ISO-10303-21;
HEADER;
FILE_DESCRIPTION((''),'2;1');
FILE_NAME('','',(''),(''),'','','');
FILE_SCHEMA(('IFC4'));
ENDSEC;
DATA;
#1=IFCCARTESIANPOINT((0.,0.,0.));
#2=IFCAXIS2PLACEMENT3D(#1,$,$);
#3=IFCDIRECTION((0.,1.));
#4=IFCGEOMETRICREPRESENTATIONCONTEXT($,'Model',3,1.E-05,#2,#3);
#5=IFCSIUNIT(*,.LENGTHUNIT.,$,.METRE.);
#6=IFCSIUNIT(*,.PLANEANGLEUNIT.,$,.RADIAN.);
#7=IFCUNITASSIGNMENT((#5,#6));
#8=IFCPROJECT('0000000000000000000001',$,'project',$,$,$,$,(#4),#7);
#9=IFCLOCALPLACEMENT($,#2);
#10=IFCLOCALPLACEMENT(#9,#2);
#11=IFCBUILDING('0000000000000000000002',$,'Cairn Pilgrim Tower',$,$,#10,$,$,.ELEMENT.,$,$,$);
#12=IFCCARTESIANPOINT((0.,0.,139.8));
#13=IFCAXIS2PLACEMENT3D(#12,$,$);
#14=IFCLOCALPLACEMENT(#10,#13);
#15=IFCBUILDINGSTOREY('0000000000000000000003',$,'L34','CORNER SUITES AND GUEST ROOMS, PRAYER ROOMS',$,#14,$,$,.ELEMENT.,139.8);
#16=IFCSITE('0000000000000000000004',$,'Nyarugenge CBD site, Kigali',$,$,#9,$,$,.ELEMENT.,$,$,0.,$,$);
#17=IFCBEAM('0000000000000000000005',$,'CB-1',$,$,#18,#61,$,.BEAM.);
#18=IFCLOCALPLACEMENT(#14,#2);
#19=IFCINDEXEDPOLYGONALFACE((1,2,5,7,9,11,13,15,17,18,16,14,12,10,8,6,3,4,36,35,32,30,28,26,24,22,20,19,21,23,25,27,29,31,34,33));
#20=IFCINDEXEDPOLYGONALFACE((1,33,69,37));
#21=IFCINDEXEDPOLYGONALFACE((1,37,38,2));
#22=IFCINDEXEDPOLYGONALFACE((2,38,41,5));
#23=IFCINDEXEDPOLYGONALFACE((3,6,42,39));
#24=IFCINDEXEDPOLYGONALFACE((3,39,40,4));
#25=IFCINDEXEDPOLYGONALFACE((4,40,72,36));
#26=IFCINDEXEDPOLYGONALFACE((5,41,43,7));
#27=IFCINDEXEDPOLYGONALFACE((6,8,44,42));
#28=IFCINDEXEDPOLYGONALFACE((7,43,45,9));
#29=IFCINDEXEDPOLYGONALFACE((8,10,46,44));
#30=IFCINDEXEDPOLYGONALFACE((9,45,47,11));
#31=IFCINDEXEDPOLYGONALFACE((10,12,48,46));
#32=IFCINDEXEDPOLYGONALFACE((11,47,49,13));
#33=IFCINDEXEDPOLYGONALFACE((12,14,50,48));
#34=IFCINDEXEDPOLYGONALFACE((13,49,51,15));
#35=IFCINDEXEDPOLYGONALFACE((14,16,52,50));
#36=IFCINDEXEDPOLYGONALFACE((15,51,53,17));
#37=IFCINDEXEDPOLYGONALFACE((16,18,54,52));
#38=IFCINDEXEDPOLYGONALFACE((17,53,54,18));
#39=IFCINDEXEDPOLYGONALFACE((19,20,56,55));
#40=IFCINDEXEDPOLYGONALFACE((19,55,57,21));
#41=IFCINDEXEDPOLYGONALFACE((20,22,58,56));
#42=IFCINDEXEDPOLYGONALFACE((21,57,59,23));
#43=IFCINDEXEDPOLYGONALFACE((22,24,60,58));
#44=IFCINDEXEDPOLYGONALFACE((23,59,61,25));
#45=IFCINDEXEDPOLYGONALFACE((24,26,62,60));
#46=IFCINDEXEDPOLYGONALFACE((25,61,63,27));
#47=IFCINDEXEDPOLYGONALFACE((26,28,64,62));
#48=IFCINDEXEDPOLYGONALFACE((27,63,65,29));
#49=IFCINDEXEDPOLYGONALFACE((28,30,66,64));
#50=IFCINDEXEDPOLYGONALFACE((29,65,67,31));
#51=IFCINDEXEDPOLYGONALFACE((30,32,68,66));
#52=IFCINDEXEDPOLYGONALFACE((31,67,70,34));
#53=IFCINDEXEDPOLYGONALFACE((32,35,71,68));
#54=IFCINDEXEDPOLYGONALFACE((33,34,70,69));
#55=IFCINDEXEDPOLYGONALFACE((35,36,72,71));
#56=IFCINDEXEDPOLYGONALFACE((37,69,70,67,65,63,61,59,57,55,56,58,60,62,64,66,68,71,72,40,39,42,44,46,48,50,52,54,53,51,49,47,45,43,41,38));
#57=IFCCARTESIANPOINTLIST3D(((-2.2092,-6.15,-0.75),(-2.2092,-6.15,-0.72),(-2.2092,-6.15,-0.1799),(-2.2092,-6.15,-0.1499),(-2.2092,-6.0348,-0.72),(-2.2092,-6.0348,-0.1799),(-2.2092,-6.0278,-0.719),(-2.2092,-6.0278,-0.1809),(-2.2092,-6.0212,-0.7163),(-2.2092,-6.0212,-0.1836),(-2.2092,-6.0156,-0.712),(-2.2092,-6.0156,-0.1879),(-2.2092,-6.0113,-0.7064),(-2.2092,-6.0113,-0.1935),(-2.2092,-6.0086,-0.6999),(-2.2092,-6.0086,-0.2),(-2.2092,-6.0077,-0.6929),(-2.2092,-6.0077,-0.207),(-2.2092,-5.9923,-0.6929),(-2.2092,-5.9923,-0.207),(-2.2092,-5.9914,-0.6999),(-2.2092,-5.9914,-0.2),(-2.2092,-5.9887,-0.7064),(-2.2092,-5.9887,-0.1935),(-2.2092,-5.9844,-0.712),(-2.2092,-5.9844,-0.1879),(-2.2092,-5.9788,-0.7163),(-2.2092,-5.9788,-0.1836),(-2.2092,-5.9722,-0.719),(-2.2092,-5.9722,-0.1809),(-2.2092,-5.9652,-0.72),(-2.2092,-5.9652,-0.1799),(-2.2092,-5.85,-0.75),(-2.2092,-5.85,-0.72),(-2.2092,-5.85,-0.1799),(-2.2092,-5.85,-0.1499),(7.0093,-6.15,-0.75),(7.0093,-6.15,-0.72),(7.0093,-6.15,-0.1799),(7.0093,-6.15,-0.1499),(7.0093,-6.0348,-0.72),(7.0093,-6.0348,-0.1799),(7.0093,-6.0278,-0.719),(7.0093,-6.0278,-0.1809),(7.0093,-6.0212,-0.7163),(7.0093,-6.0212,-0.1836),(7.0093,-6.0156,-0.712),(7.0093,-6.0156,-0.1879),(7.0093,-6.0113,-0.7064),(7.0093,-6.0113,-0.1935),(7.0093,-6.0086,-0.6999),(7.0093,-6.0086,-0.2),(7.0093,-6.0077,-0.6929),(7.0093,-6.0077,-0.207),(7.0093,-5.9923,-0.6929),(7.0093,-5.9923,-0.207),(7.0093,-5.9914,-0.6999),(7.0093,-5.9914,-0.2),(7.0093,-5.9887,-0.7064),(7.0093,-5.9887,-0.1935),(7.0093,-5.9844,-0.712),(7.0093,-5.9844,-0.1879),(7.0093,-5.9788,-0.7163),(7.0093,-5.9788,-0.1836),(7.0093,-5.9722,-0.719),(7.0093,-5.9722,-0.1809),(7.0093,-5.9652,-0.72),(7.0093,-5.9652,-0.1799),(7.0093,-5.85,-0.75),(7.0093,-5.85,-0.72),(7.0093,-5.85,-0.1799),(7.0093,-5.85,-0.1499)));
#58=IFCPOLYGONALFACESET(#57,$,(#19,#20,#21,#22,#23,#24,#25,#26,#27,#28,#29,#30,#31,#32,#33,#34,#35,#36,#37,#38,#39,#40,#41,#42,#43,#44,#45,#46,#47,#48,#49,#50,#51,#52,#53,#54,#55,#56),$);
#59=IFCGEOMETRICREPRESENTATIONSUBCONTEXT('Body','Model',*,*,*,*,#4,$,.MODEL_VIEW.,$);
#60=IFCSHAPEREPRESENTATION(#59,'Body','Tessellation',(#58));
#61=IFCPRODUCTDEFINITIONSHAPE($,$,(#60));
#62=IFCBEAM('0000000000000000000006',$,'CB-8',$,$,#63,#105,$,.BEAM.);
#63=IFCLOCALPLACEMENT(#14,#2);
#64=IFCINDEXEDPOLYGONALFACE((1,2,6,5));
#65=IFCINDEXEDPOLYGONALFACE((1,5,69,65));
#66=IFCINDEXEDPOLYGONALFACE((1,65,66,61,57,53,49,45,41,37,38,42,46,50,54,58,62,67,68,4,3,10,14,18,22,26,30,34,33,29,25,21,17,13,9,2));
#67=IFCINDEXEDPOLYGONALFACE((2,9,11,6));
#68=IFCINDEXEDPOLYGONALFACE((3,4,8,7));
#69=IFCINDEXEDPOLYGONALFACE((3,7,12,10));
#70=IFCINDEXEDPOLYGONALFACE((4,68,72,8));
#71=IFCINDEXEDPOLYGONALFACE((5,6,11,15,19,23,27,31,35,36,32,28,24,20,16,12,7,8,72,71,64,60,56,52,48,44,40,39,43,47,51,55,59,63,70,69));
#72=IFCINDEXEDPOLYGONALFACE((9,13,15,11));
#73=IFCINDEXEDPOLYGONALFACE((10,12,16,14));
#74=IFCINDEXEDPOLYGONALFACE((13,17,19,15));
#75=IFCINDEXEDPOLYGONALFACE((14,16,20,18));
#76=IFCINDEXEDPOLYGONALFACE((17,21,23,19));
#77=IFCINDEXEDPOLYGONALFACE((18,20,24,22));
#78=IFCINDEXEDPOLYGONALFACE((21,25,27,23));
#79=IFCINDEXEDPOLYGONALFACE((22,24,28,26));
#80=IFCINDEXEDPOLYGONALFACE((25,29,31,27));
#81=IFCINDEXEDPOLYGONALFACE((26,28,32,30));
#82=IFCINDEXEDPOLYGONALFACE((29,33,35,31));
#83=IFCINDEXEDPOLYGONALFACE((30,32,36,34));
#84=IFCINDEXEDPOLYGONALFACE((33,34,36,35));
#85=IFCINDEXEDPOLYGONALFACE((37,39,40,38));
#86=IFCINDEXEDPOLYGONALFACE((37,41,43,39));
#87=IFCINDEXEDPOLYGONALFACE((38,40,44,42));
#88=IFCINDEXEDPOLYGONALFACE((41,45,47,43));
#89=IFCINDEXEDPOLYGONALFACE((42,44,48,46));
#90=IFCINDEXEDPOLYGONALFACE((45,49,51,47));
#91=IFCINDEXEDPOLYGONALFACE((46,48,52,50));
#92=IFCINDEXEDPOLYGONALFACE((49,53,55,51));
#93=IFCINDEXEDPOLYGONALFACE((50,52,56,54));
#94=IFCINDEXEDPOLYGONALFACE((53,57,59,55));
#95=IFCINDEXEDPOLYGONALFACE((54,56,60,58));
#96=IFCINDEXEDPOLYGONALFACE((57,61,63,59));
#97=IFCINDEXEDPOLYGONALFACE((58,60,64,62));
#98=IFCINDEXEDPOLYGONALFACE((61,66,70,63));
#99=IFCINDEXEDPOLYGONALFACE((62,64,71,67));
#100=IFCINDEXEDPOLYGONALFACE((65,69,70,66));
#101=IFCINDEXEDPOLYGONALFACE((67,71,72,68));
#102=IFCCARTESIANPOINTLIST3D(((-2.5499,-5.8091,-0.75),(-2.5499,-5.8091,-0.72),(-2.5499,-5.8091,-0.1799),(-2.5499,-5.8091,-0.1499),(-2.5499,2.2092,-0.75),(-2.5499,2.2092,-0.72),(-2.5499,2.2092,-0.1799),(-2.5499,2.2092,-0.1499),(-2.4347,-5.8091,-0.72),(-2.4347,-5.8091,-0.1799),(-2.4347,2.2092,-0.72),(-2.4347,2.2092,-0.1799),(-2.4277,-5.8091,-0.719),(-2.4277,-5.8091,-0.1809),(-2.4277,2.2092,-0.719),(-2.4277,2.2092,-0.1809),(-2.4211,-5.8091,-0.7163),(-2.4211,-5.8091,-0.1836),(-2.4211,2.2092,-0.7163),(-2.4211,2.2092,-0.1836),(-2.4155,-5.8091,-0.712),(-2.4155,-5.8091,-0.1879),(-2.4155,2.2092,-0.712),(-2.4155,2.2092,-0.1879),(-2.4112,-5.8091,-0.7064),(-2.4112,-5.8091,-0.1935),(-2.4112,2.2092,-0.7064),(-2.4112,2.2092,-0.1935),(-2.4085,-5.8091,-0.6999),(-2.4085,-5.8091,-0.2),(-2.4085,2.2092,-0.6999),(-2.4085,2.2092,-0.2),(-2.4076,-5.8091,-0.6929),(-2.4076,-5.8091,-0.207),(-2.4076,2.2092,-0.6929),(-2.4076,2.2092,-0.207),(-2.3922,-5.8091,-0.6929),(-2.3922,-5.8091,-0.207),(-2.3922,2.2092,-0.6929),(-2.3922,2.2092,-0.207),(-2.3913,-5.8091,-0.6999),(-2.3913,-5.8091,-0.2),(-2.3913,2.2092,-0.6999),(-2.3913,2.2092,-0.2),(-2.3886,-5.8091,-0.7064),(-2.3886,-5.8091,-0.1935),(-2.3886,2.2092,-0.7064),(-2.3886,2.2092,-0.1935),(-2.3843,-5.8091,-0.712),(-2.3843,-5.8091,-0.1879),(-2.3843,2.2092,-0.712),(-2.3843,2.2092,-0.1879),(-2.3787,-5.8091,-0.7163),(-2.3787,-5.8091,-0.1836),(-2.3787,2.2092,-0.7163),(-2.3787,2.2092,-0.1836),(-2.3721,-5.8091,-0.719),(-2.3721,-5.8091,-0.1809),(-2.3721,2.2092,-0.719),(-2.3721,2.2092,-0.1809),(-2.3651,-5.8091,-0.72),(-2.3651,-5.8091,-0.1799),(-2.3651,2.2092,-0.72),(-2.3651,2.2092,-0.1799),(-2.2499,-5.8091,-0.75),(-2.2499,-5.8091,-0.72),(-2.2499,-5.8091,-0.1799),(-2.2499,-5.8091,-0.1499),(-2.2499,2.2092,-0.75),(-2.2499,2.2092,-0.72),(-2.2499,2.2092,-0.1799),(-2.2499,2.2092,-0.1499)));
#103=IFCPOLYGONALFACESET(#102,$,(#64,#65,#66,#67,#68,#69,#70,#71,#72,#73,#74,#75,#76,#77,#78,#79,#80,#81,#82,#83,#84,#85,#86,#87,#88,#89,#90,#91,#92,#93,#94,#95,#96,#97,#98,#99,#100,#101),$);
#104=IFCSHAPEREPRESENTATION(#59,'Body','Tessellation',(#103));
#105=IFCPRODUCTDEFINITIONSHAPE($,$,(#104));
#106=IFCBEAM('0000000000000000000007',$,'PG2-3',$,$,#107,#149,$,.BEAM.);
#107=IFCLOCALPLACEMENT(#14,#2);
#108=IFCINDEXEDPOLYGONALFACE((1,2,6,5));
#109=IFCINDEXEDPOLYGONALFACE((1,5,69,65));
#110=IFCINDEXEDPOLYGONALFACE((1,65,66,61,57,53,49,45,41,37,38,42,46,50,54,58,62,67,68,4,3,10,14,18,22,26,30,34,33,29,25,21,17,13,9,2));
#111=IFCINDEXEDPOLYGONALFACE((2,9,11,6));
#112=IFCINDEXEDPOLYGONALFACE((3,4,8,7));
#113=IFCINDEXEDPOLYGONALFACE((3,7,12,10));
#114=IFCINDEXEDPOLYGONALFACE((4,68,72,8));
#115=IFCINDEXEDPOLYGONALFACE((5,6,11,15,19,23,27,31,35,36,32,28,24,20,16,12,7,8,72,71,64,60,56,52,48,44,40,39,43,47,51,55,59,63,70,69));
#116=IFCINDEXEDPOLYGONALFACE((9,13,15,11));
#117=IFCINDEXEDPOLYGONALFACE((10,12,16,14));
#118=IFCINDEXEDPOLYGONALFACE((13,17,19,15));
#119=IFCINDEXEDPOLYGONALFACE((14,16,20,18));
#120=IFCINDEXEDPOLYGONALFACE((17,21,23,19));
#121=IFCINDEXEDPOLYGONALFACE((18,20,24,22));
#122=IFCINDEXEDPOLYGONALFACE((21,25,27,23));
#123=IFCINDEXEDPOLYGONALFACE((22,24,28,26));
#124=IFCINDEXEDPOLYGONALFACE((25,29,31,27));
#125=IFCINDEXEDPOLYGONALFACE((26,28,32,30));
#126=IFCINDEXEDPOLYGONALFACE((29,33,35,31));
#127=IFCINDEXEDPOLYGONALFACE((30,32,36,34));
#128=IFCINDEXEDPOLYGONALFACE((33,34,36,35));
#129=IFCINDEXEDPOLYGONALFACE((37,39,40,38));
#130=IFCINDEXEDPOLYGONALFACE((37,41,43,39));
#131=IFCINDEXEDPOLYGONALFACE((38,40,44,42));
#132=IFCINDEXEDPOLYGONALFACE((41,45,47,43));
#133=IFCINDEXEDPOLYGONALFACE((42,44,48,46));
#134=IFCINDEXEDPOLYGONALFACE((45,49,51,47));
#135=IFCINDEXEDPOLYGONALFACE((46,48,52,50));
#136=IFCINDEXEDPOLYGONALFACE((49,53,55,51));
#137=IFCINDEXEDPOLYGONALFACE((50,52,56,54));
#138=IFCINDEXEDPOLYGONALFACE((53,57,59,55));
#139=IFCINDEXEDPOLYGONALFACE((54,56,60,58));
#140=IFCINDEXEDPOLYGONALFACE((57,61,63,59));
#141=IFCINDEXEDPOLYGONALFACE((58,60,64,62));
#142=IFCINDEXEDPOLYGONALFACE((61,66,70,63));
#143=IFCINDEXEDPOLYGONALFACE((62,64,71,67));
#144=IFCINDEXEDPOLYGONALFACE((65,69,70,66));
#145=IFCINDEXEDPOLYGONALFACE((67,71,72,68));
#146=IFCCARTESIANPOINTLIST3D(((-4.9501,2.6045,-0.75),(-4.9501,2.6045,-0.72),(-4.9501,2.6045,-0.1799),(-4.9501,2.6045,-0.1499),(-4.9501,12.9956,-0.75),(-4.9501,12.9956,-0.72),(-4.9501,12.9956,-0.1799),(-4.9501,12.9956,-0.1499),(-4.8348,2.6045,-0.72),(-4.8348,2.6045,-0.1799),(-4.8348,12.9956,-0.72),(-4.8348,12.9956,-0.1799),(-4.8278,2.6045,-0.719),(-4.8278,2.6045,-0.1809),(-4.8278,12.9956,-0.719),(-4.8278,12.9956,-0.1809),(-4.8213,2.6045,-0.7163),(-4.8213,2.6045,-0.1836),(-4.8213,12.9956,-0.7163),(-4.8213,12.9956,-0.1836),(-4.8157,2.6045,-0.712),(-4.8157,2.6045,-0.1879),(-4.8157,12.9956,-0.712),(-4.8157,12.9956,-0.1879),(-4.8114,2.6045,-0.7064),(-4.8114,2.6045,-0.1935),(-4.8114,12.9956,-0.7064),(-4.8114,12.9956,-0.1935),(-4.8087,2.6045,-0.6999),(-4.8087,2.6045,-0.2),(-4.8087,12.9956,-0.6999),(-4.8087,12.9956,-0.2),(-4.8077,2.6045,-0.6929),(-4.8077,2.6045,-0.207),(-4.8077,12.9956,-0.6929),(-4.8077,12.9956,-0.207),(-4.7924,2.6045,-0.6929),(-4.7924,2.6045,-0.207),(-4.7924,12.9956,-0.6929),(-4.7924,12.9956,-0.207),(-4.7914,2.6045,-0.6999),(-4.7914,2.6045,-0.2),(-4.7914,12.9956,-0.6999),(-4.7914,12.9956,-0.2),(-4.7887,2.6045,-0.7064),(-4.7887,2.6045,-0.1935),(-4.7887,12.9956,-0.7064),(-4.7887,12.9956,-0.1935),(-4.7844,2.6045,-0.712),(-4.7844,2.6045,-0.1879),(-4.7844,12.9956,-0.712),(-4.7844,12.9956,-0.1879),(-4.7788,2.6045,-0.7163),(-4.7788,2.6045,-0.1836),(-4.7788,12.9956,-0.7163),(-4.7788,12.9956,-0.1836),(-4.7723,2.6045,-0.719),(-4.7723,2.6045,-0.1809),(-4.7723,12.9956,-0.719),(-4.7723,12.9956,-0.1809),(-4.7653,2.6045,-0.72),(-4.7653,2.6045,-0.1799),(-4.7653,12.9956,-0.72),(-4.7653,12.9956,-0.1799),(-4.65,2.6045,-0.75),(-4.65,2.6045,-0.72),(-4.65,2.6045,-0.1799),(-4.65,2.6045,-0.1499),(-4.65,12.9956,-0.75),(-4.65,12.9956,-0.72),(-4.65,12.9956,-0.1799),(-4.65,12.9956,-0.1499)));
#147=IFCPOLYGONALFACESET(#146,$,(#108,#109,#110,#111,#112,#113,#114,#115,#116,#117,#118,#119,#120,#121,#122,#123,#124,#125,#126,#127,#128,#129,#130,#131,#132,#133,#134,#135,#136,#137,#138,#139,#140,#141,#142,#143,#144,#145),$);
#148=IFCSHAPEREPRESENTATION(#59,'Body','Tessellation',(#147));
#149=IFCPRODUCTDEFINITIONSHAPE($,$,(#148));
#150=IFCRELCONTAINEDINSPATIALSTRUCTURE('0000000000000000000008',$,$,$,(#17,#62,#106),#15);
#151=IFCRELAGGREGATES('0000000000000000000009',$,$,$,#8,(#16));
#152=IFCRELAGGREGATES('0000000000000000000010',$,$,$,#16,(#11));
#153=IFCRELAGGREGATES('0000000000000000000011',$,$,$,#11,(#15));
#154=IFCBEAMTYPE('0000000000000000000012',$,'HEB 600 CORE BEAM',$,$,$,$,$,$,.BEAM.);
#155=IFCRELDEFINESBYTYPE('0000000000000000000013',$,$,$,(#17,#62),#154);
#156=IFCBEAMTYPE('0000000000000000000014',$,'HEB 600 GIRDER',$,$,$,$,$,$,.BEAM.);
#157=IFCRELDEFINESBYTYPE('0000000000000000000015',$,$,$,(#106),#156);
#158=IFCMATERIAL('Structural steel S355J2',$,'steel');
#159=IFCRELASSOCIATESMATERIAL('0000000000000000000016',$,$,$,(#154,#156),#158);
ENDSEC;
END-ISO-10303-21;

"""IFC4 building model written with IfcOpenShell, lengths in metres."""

from ifc_helpers import new_model, si_unit, direction, frame, origin, origin_2d, place, context, subcontext, project, spatial, i_section, extrude, material, material_profile, profile_set, type_object, element, save


model = new_model("IFC4")

# Units and contexts
model_context = context("Model", 3, precision=1e-05, world=origin(), true_north=direction((0.0, 1.0)))
body_context = subcontext(model_context, "Body", "Model", "MODEL_VIEW")
ifc_project = project(units=[si_unit("LENGTHUNIT", "METRE"), si_unit("PLANEANGLEUNIT", "RADIAN")], contexts=[model_context])

# Site, building, storey
site_placement = place(None, origin())
site = spatial("IfcSite", under=ifc_project, at=site_placement, Name="Nyarugenge CBD site, Kigali", CompositionType="ELEMENT", RefElevation=0.0)
building_placement = place(site_placement, origin())
building = spatial("IfcBuilding", under=site, at=building_placement, Name="Cairn Pilgrim Tower", CompositionType="ELEMENT")
storey_placement = place(building_placement, frame((0.0, 0.0, 139.8)))
storey = spatial("IfcBuildingStorey", under=building, at=storey_placement, Name="L34", Description="CORNER SUITES AND GUEST ROOMS, PRAYER ROOMS", CompositionType="ELEMENT", Elevation=139.8)

# Beams
ifc_material_1 = material(Name="Structural steel S355J2", Category="steel")
ifc_material_profile_1 = material_profile(ifc_material_1, i_section(OverallWidth=0.3, OverallDepth=0.6001, WebThickness=0.0154, FlangeThickness=0.03, FilletRadius=0.0271, at=origin_2d()), Name="HEB 600")
ifc_profile_set_1 = profile_set([ifc_material_profile_1], Name="Structural steel S355J2")
beam_type_1 = type_object("IfcBeamType", Name="HEB 600 CORE BEAM", PredefinedType="BEAM", material=ifc_profile_set_1)
beam_1_placement = place(storey_placement, frame((-2.2092, -6.0, -0.45), z_axis=(1.0, 0.0, 0.0), x_axis=(0.0, 1.0, 0.0)))
element("IfcBeam", 1, at=beam_1_placement, inside=storey, type_object=beam_type_1, Name="CB-1", PredefinedType="BEAM", context=body_context, shape_type="SweptSolid", body=[
    extrude(i_section(OverallWidth=0.3, OverallDepth=0.6001, WebThickness=0.0154, FlangeThickness=0.03, FilletRadius=0.0271, at=origin_2d()), origin(), (0.0, 0.0, 1.0), 9.2185),
])
beam_2_placement = place(storey_placement, frame((-2.3999, 2.2092, -0.45), z_axis=(0.0, -1.0, 0.0), x_axis=(1.0, 0.0, 0.0)))
element("IfcBeam", 2, at=beam_2_placement, inside=storey, type_object=beam_type_1, Name="CB-8", PredefinedType="BEAM", context=body_context, shape_type="SweptSolid", body=[
    extrude(i_section(OverallWidth=0.3, OverallDepth=0.6001, WebThickness=0.0154, FlangeThickness=0.03, FilletRadius=0.0271, at=origin_2d()), origin(), (0.0, 0.0, 1.0), 8.0183),
])
ifc_material_profile_2 = material_profile(ifc_material_1, i_section(OverallWidth=0.3, OverallDepth=0.6001, WebThickness=0.0154, FlangeThickness=0.03, FilletRadius=0.0271, at=origin_2d()), Name="HEB 600")
ifc_profile_set_2 = profile_set([ifc_material_profile_2], Name="Structural steel S355J2")
beam_type_2 = type_object("IfcBeamType", Name="HEB 600 GIRDER", PredefinedType="BEAM", material=ifc_profile_set_2)
beam_3_placement = place(storey_placement, frame((-4.8, 2.6045, -0.45), z_axis=(0.0, 1.0, 0.0), x_axis=(-1.0, 0.0, 0.0)))
element("IfcBeam", 3, at=beam_3_placement, inside=storey, type_object=beam_type_2, Name="PG2-3", PredefinedType="BEAM", context=body_context, shape_type="SweptSolid", body=[
    extrude(i_section(OverallWidth=0.3, OverallDepth=0.6001, WebThickness=0.0154, FlangeThickness=0.03, FilletRadius=0.0271, at=origin_2d()), origin(), (0.0, 0.0, 1.0), 10.3911),
])

save(model, "model.ifc")
